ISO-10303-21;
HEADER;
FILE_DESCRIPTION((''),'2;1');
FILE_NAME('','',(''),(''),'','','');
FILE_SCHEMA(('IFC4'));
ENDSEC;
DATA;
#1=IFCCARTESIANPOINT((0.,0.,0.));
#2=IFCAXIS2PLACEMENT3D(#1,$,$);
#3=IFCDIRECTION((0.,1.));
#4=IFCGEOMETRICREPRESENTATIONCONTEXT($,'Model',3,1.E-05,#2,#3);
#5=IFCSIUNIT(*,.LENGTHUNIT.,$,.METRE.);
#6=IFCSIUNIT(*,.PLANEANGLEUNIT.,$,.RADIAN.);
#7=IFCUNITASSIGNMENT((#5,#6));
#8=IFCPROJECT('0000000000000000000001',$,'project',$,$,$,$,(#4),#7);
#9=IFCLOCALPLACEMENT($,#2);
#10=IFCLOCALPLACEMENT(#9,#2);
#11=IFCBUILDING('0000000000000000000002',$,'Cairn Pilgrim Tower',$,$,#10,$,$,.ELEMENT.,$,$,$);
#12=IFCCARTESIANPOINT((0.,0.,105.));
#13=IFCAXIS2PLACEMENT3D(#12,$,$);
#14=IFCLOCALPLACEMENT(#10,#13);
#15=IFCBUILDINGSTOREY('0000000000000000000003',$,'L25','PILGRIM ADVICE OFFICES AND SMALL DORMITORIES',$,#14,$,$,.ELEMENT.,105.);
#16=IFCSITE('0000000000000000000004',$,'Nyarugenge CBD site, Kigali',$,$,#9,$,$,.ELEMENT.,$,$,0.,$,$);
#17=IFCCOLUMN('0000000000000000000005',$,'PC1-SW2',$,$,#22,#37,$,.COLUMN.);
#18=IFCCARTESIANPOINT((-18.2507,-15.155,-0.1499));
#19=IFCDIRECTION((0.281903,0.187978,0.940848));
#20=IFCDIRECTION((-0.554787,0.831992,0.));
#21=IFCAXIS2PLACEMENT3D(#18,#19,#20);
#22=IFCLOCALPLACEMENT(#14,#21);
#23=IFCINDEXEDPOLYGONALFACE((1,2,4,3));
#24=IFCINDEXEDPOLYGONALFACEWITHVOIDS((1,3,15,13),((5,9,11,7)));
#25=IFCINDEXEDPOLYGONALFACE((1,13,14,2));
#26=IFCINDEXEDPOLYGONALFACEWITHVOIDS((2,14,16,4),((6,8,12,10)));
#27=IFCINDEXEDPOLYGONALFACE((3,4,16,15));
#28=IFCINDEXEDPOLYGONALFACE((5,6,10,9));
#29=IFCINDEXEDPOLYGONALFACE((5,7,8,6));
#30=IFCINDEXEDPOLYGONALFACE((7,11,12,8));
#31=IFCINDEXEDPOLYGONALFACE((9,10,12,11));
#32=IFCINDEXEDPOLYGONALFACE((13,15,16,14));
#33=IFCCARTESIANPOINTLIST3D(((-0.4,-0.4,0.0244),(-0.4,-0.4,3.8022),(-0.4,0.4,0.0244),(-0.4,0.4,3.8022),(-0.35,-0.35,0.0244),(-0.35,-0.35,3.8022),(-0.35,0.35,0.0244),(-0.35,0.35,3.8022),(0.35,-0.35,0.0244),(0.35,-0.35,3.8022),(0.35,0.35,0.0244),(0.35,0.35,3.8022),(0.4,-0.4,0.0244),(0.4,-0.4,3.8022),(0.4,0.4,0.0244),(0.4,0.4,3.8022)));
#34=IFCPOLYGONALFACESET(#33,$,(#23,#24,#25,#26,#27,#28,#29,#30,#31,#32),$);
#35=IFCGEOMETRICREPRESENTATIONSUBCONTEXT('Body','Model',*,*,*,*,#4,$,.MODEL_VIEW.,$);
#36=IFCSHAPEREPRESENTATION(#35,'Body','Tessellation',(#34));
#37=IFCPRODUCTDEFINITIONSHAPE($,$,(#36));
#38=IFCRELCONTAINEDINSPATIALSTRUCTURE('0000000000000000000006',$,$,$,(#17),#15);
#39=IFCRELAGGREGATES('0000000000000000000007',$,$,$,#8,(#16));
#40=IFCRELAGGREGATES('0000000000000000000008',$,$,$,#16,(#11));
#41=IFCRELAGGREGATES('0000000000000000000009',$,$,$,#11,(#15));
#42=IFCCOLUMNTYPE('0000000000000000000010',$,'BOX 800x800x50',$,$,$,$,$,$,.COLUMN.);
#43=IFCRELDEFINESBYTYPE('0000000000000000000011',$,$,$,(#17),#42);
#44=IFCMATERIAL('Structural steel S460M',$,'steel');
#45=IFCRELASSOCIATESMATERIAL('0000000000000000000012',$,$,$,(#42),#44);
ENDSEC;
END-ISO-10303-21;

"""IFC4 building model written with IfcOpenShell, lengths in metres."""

from ifc_helpers import new_model, si_unit, direction, frame, origin, origin_2d, place, context, subcontext, project, spatial, hollow_rectangle, extrude, clip, halfspace, material, material_profile, profile_set, type_object, element, save


model = new_model("IFC4")

# Units and contexts
model_context = context("Model", 3, precision=1e-05, world=origin(), true_north=direction((0.0, 1.0)))
body_context = subcontext(model_context, "Body", "Model", "MODEL_VIEW")
ifc_project = project(units=[si_unit("LENGTHUNIT", "METRE"), si_unit("PLANEANGLEUNIT", "RADIAN")], contexts=[model_context])

# Site, building, storey
site_placement = place(None, origin())
site = spatial("IfcSite", under=ifc_project, at=site_placement, Name="Nyarugenge CBD site, Kigali", CompositionType="ELEMENT", RefElevation=0.0)
building_placement = place(site_placement, origin())
building = spatial("IfcBuilding", under=site, at=building_placement, Name="Cairn Pilgrim Tower", CompositionType="ELEMENT")
storey_placement = place(building_placement, frame((0.0, 0.0, 105.0)))
storey = spatial("IfcBuildingStorey", under=building, at=storey_placement, Name="L25", Description="PILGRIM ADVICE OFFICES AND SMALL DORMITORIES", CompositionType="ELEMENT", Elevation=105.0)

# Column
ifc_material_1 = material(Name="Structural steel S460M", Category="steel")
ifc_material_profile_1 = material_profile(ifc_material_1, hollow_rectangle(XDim=0.8, YDim=0.8, WallThickness=0.05, at=origin_2d()), Name="BOX 800x800x50")
ifc_profile_set_1 = profile_set([ifc_material_profile_1], Name="Structural steel S460M")
column_type = type_object("IfcColumnType", Name="BOX 800x800x50", PredefinedType="COLUMN", material=ifc_profile_set_1)
column_placement = place(storey_placement, frame((-18.2507, -15.155, -0.1499), z_axis=(0.281903, 0.187978, 0.940848), x_axis=(-0.554787, 0.831992, 0.0)))
element("IfcColumn", 1, at=column_placement, inside=storey, type_object=column_type, Name="PC1-SW2", PredefinedType="COLUMN", context=body_context, shape_type="Clipping", body=[
    clip(clip(extrude(hollow_rectangle(XDim=0.8, YDim=0.8, WallThickness=0.05, at=origin_2d()), origin(), (0.0, 0.0, 1.0), 3.8262), halfspace(frame((0.0, 0.0, 0.0244), z_axis=(0.0, 0.0, 1.0), x_axis=(1.0, 0.0, 0.0)), True)), halfspace(frame((0.0, 0.0, 3.8022), z_axis=(0.0, 0.0, 1.0), x_axis=(1.0, 0.0, 0.0)), False)),
])

save(model, "model.ifc")
